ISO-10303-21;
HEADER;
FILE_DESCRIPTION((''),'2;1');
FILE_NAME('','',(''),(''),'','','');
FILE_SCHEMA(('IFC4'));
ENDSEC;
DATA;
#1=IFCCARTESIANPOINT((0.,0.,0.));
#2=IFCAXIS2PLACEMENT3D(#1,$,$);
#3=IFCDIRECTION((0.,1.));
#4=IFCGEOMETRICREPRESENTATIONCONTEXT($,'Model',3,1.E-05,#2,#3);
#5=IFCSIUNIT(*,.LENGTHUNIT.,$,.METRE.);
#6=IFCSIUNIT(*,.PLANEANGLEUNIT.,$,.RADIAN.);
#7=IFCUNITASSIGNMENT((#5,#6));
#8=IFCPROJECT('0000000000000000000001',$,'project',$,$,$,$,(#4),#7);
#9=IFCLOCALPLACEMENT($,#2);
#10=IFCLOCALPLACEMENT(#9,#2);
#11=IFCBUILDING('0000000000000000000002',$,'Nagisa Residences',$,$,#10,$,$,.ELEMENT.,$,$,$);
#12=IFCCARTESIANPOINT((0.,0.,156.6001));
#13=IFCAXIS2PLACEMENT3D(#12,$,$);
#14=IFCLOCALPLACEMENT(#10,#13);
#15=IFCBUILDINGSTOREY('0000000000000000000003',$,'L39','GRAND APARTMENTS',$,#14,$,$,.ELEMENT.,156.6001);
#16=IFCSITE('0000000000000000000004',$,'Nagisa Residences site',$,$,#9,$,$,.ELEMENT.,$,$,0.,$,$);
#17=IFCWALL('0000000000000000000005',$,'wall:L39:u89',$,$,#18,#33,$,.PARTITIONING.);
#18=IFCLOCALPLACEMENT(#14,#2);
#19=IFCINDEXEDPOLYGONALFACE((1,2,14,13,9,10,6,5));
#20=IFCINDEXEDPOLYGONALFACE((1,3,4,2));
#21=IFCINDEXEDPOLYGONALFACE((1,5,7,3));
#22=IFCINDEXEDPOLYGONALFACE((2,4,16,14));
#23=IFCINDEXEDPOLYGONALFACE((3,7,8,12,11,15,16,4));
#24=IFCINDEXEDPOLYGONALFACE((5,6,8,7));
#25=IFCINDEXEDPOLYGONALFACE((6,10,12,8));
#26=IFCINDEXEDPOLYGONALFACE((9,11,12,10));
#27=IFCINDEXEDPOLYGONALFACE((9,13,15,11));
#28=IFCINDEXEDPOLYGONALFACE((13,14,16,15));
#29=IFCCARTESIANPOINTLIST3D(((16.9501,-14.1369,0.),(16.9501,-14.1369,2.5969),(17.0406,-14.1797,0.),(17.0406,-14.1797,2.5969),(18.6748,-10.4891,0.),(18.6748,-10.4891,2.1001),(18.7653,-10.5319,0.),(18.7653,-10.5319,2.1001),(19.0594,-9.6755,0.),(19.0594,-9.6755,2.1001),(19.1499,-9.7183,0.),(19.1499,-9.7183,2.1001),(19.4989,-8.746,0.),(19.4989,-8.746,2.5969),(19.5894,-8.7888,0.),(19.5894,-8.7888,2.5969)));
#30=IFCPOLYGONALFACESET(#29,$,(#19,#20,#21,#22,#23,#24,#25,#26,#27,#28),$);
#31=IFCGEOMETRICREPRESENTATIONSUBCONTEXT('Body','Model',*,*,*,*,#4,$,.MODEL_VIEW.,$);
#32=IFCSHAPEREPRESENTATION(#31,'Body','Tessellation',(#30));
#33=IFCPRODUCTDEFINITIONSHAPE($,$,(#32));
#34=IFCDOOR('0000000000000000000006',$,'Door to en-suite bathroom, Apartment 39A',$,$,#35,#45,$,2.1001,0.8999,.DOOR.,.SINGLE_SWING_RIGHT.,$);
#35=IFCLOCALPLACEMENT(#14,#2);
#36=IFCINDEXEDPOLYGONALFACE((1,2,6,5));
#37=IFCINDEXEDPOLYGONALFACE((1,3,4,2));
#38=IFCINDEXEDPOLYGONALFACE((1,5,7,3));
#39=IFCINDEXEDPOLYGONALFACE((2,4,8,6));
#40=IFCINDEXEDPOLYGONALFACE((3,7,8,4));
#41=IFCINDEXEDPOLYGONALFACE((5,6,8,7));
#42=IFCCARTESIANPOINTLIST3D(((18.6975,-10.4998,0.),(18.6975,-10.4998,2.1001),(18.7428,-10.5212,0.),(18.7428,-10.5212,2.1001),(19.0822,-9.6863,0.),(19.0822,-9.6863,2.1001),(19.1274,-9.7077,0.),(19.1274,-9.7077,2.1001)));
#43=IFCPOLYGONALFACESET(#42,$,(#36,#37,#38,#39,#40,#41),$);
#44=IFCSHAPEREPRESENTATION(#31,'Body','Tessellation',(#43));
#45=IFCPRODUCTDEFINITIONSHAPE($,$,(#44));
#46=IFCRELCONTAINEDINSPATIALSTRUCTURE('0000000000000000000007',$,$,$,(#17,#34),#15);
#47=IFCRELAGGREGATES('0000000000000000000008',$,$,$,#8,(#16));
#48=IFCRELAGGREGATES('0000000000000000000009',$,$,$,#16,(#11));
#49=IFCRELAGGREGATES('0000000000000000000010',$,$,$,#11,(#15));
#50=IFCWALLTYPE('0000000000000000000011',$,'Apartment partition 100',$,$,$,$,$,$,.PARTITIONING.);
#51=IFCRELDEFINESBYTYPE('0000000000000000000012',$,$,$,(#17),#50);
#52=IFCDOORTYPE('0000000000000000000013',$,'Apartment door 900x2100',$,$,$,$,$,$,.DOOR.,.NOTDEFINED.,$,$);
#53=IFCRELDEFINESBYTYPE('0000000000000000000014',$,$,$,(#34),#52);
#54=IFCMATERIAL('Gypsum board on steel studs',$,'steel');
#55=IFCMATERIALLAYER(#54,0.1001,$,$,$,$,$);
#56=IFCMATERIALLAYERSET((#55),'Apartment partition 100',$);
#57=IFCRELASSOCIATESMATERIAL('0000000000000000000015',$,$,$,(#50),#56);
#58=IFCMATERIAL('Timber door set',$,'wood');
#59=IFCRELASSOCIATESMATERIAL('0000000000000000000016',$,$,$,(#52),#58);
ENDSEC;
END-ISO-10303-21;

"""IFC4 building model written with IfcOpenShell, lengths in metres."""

from ifc_helpers import new_model, si_unit, direction, frame, frame_2d, origin, place, context, subcontext, project, spatial, rectangle, extrude, material, layer, layer_set, type_object, element, fill, save


model = new_model("IFC4")

# Units and contexts
model_context = context("Model", 3, precision=1e-05, world=origin(), true_north=direction((0.0, 1.0)))
body_context = subcontext(model_context, "Body", "Model", "MODEL_VIEW")
ifc_project = project(units=[si_unit("LENGTHUNIT", "METRE"), si_unit("PLANEANGLEUNIT", "RADIAN")], contexts=[model_context])

# Site, building, storey
site_placement = place(None, origin())
site = spatial("IfcSite", under=ifc_project, at=site_placement, Name="Nagisa Residences site", CompositionType="ELEMENT", RefElevation=0.0)
building_placement = place(site_placement, origin())
building = spatial("IfcBuilding", under=site, at=building_placement, Name="Nagisa Residences", CompositionType="ELEMENT")
storey_placement = place(building_placement, frame((0.0, 0.0, 156.6001)))
storey = spatial("IfcBuildingStorey", under=building, at=storey_placement, Name="L39", Description="GRAND APARTMENTS", CompositionType="ELEMENT", Elevation=156.6001)

# Wall, opening, door
ifc_material_1 = material(Name="Gypsum board on steel studs", Category="steel")
ifc_layer_1 = layer(ifc_material_1, 0.1001)
ifc_layer_set_1 = layer_set([ifc_layer_1], Name="Apartment partition 100")
wall_type_1 = type_object("IfcWallType", Name="Apartment partition 100", PredefinedType="PARTITIONING", material=ifc_layer_set_1)
ifc_material_2 = material(Name="Timber door set", Category="wood")
door_type_1 = type_object("IfcDoorType", Name="Apartment door 900x2100", OperationType="NOTDEFINED", PredefinedType="DOOR", material=ifc_material_2)
wall_1_placement = place(storey_placement, frame((16.9954, -14.1582, 0.0), z_axis=(0.0, 0.0, 1.0), x_axis=(0.427437, 0.904045, 0.0)))
wall_1 = element("IfcWall", 1, at=wall_1_placement, inside=storey, type_object=wall_type_1, Name="wall:L39:u89", PredefinedType="PARTITIONING", context=body_context, shape_type="SweptSolid", body=[
    extrude(rectangle(XDim=5.9631, YDim=0.1001, at=frame_2d((2.9814, 0.0))), origin(), (0.0, 0.0, 1.0), 2.5969),
])
opening_1_placement = place(wall_1_placement, frame((4.0349, 0.0, 0.0)))
opening_1 = element("IfcOpeningElement", 2, at=opening_1_placement, cuts=wall_1, PredefinedType="OPENING", context=body_context, shape_type="SweptSolid", body=[
    extrude(rectangle(XDim=0.8999, YDim=2.1001, at=frame_2d((0.45, 1.05))), frame((0.0, 0.0601, 0.0), z_axis=(0.0, -1.0, 0.0), x_axis=(1.0, 0.0, 0.0)), (0.0, 0.0, 1.0), 0.1201),
])
door_1_placement = place(opening_1_placement, origin())
door_1 = element("IfcDoor", 3, at=door_1_placement, inside=storey, type_object=door_type_1, Name="Door to en-suite bathroom, Apartment 39A", OperationType="SINGLE_SWING_RIGHT", OverallHeight=2.1001, OverallWidth=0.8999, PredefinedType="DOOR", context=body_context, shape_type="SweptSolid", body=[
    extrude(rectangle(XDim=0.8999, YDim=2.1001, at=frame_2d((0.45, 1.05))), frame((0.0, 0.0249, 0.0), z_axis=(0.0, -1.0, 0.0), x_axis=(1.0, 0.0, 0.0)), (0.0, 0.0, 1.0), 0.05),
])
fill(opening_1, door_1)

save(model, "model.ifc")
